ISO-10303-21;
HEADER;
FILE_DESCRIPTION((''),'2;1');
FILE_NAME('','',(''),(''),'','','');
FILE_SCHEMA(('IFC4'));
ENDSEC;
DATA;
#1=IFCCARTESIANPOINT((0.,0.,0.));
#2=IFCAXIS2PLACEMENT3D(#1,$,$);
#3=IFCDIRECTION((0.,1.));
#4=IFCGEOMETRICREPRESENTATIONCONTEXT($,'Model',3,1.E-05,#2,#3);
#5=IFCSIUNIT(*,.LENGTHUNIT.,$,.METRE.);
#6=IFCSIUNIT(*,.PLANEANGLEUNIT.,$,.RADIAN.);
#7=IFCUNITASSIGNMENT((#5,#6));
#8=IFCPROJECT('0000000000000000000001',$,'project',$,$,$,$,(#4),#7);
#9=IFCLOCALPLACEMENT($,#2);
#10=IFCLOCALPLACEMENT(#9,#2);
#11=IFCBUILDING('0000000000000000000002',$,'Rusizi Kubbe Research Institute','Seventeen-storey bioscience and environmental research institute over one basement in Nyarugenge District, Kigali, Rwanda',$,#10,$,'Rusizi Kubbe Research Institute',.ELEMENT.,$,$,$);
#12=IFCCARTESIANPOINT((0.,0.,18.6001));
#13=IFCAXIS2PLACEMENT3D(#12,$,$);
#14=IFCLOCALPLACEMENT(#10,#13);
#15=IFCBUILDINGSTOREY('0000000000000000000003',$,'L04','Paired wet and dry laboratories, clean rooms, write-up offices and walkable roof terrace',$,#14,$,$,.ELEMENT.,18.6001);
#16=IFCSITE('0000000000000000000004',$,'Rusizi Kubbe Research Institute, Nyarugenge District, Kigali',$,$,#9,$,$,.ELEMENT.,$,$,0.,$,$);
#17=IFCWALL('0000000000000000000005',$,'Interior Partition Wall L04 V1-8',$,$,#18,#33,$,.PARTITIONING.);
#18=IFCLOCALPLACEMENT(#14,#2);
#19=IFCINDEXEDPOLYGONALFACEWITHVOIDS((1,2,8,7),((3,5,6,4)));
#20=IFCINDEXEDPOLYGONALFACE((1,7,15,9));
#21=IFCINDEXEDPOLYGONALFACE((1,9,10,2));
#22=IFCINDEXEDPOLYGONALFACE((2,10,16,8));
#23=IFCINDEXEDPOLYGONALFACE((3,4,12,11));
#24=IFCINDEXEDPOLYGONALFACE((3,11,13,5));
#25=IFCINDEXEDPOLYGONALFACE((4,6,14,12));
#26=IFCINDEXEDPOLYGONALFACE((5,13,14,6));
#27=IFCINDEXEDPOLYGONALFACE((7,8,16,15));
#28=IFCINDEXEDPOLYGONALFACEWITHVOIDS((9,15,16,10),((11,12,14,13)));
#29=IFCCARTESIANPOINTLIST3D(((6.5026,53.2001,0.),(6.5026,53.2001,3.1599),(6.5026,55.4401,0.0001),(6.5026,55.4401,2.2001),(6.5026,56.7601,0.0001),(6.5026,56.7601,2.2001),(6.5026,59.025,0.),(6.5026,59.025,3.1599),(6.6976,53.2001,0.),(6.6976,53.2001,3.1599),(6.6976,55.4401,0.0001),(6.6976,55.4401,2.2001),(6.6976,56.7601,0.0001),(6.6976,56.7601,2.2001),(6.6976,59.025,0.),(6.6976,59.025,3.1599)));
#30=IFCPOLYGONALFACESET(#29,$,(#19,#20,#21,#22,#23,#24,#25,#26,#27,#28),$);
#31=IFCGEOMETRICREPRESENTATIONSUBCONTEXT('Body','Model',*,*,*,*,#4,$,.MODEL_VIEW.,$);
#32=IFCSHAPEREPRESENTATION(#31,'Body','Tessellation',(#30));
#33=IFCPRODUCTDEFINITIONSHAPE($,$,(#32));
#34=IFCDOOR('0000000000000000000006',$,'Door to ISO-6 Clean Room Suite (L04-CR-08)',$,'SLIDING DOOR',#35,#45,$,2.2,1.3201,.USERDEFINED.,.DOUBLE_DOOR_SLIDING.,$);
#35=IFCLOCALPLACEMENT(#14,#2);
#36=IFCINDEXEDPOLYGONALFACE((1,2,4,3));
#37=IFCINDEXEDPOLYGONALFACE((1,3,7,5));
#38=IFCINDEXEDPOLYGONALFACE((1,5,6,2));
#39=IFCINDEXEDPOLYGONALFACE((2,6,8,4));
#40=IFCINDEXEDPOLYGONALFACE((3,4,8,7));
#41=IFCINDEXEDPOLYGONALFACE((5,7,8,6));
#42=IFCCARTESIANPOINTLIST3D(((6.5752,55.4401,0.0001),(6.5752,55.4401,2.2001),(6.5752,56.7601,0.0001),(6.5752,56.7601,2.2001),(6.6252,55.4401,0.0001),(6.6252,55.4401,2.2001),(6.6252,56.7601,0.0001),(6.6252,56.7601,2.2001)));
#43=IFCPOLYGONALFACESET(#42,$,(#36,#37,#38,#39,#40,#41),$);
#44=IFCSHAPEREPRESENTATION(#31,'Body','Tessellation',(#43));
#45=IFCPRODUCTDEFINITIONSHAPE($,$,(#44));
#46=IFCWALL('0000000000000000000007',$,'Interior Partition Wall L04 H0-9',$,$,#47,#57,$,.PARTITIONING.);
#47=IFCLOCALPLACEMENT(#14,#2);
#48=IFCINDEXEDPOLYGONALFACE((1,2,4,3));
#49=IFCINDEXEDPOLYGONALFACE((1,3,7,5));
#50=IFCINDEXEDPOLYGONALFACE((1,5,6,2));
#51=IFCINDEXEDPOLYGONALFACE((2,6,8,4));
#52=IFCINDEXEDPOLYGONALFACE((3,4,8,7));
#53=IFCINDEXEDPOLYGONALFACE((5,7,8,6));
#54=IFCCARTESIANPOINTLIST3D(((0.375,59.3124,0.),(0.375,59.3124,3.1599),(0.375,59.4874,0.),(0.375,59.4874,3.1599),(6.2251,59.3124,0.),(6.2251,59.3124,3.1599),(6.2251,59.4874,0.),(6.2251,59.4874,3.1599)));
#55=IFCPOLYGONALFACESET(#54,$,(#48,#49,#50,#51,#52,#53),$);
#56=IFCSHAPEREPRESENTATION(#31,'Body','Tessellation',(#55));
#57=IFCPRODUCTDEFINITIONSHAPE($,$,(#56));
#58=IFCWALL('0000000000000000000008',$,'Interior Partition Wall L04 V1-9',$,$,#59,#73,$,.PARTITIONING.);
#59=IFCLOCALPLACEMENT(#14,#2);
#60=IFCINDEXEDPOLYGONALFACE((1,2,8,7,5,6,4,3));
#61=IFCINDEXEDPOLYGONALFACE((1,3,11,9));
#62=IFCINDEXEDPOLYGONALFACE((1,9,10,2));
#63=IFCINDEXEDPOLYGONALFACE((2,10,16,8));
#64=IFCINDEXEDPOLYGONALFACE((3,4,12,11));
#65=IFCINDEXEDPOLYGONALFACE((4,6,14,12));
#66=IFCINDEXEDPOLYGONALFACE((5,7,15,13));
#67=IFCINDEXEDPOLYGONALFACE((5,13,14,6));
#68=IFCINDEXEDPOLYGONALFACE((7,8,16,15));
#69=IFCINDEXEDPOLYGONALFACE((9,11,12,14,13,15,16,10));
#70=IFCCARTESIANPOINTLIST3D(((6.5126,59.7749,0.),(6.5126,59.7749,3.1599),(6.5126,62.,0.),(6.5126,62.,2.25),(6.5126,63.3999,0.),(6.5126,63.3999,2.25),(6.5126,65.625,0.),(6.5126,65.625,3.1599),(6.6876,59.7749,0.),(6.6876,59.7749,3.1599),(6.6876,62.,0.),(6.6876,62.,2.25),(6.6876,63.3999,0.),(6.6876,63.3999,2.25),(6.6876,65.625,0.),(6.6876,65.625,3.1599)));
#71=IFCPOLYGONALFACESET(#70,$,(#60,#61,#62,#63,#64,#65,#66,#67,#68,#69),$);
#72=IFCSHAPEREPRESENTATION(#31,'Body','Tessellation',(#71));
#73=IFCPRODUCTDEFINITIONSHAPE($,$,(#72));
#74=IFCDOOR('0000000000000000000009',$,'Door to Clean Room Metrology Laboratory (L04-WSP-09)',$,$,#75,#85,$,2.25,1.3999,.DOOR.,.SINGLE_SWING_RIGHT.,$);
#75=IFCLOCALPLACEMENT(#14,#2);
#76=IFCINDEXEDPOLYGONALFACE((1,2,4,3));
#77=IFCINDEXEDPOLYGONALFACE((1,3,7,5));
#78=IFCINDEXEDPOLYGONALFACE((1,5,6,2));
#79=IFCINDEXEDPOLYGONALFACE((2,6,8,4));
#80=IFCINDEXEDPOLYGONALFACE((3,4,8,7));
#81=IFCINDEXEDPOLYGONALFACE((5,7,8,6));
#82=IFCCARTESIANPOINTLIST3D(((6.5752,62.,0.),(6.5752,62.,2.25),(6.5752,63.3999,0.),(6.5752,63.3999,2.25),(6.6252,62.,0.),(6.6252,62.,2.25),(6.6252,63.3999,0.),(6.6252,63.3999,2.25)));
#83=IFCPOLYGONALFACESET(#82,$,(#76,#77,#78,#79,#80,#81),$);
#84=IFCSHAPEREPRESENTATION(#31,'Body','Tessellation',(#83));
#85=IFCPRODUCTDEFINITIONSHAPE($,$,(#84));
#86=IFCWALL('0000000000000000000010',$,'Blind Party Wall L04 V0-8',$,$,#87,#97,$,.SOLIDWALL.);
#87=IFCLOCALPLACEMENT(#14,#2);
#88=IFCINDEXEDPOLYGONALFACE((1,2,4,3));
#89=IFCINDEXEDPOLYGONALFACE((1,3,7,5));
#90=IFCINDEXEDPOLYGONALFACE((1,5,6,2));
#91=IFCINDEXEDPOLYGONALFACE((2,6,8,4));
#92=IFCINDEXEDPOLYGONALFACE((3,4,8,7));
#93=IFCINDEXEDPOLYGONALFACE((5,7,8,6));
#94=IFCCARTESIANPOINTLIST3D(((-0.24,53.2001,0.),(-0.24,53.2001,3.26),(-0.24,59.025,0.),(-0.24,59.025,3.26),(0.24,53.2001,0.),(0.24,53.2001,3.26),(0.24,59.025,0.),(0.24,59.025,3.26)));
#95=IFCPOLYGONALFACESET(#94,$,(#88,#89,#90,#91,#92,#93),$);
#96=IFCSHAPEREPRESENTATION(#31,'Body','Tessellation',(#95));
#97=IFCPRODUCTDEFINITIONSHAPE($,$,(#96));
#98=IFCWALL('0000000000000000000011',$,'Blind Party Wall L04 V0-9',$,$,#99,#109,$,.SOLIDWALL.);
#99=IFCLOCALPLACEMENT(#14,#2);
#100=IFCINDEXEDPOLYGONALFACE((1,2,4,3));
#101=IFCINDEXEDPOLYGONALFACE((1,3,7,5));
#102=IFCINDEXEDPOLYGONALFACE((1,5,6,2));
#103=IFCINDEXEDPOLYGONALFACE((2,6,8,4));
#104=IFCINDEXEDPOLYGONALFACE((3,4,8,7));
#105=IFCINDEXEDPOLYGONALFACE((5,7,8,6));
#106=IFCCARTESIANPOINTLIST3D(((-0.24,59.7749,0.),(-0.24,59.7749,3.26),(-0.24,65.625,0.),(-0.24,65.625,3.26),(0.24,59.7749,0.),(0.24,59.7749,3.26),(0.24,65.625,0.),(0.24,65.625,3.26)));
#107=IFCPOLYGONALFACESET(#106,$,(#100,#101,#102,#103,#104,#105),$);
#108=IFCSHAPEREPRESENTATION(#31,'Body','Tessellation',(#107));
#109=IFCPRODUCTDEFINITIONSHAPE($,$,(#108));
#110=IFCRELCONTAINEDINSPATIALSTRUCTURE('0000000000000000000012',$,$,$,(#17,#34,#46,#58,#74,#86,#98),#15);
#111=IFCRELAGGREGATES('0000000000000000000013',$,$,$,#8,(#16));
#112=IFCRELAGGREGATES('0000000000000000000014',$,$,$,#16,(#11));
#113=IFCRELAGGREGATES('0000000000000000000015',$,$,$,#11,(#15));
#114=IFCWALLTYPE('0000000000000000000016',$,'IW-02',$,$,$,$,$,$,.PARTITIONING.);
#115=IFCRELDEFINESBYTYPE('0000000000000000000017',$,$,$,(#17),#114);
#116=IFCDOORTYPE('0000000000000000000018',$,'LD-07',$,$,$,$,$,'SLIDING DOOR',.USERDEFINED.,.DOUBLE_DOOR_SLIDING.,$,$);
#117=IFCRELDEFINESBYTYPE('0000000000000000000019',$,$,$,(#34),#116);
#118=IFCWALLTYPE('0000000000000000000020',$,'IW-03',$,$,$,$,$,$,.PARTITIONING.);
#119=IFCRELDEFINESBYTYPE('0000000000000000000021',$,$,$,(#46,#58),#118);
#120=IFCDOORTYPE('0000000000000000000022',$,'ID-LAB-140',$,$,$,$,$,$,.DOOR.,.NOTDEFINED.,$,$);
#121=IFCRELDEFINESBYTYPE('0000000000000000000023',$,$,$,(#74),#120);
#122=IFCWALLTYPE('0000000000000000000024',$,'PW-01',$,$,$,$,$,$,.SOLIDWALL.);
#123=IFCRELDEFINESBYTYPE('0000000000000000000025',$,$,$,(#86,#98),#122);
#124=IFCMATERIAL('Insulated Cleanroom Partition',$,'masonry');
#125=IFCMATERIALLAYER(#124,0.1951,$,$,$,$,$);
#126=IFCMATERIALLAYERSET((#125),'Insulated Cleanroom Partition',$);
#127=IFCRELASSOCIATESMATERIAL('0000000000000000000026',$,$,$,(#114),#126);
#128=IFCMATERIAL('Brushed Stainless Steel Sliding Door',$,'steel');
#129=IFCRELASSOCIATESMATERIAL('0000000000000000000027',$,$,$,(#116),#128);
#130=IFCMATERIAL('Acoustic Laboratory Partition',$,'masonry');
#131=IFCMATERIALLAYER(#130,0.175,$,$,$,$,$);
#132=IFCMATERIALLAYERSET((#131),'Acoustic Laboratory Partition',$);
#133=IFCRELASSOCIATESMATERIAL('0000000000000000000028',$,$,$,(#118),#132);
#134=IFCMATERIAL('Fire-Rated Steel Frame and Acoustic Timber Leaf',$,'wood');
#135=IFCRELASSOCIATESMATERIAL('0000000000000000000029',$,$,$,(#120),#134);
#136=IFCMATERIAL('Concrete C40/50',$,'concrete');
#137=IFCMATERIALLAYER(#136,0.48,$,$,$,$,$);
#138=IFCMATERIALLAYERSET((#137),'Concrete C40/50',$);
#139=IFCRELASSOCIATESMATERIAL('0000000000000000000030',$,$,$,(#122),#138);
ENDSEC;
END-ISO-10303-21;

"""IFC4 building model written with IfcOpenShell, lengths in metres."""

from ifc_helpers import new_model, si_unit, direction, frame, frame_2d, origin, place, context, subcontext, project, spatial, rectangle, extrude, material, layer, layer_set, type_object, element, fill, save


model = new_model("IFC4")

# Units and contexts
model_context = context("Model", 3, precision=1e-05, world=origin(), true_north=direction((0.0, 1.0)))
body_context = subcontext(model_context, "Body", "Model", "MODEL_VIEW")
ifc_project = project(units=[si_unit("LENGTHUNIT", "METRE"), si_unit("PLANEANGLEUNIT", "RADIAN")], contexts=[model_context])

# Site, building, storey
site_placement = place(None, origin())
site = spatial("IfcSite", under=ifc_project, at=site_placement, Name="Rusizi Kubbe Research Institute, Nyarugenge District, Kigali", CompositionType="ELEMENT", RefElevation=0.0)
building_placement = place(site_placement, origin())
building = spatial("IfcBuilding", under=site, at=building_placement, Name="Rusizi Kubbe Research Institute", Description="Seventeen-storey bioscience and environmental research institute over one basement in Nyarugenge District, Kigali, Rwanda", LongName="Rusizi Kubbe Research Institute", CompositionType="ELEMENT")
storey_placement = place(building_placement, frame((0.0, 0.0, 18.6001)))
storey = spatial("IfcBuildingStorey", under=building, at=storey_placement, Name="L04", Description="Paired wet and dry laboratories, clean rooms, write-up offices and walkable roof terrace", CompositionType="ELEMENT", Elevation=18.6001)

# Shared definitions
ifc_material_1 = material(Name="Insulated Cleanroom Partition", Category="masonry")
ifc_layer_1 = layer(ifc_material_1, 0.1951)
ifc_layer_set_1 = layer_set([ifc_layer_1], Name="Insulated Cleanroom Partition")
wall_type_1 = type_object("IfcWallType", Name="IW-02", PredefinedType="PARTITIONING", material=ifc_layer_set_1)

# Wall, opening, door
wall_1_placement = place(storey_placement, frame((6.6001, 53.2, 0.0), z_axis=(0.0, 0.0, 1.0), x_axis=(0.0, 1.0, 0.0)))
wall_1 = element("IfcWall", 1, at=wall_1_placement, inside=storey, type_object=wall_type_1, Name="Interior Partition Wall L04 V1-8", PredefinedType="PARTITIONING", context=body_context, shape_type="SweptSolid", body=[
    extrude(rectangle(XDim=5.825, YDim=0.1951, at=frame_2d((2.9126, 0.0))), origin(), (0.0, 0.0, 1.0), 3.1599),
])
opening_1_placement = place(wall_1_placement, frame((2.24, 0.0, 0.0)))
opening_1 = element("IfcOpeningElement", 2, at=opening_1_placement, cuts=wall_1, PredefinedType="OPENING", context=body_context, shape_type="SweptSolid", body=[
    extrude(rectangle(XDim=1.3201, YDim=2.2, at=frame_2d((0.6602, 1.1001))), frame((0.0, 0.1074, 0.0), z_axis=(0.0, -1.0, 0.0), x_axis=(1.0, 0.0, 0.0)), (0.0, 0.0, 1.0), 0.2151),
])
ifc_material_2 = material(Name="Brushed Stainless Steel Sliding Door", Category="steel")
door_type_1 = type_object("IfcDoorType", Name="LD-07", ElementType="SLIDING DOOR", OperationType="DOUBLE_DOOR_SLIDING", PredefinedType="USERDEFINED", material=ifc_material_2)
door_1_placement = place(opening_1_placement, origin())
door_1 = element("IfcDoor", 3, at=door_1_placement, inside=storey, type_object=door_type_1, Name="Door to ISO-6 Clean Room Suite (L04-CR-08)", ObjectType="SLIDING DOOR", OperationType="DOUBLE_DOOR_SLIDING", OverallHeight=2.2, OverallWidth=1.3201, PredefinedType="USERDEFINED", context=body_context, shape_type="SweptSolid", body=[
    extrude(rectangle(XDim=1.3201, YDim=2.2, at=frame_2d((0.6602, 1.1001))), frame((0.0, 0.0249, 0.0), z_axis=(0.0, -1.0, 0.0), x_axis=(1.0, 0.0, 0.0)), (0.0, 0.0, 1.0), 0.05),
])
fill(opening_1, door_1)

# Wall
ifc_material_3 = material(Name="Acoustic Laboratory Partition", Category="masonry")
ifc_layer_2 = layer(ifc_material_3, 0.175)
ifc_layer_set_2 = layer_set([ifc_layer_2], Name="Acoustic Laboratory Partition")
wall_type_2 = type_object("IfcWallType", Name="IW-03", PredefinedType="PARTITIONING", material=ifc_layer_set_2)
wall_2_placement = place(storey_placement, frame((0.375, 59.3999, 0.0), z_axis=(0.0, 0.0, 1.0), x_axis=(1.0, 0.0, 0.0)))
element("IfcWall", 4, at=wall_2_placement, inside=storey, type_object=wall_type_2, Name="Interior Partition Wall L04 H0-9", PredefinedType="PARTITIONING", context=body_context, shape_type="SweptSolid", body=[
    extrude(rectangle(XDim=5.8501, YDim=0.175, at=frame_2d((2.925, 0.0))), origin(), (0.0, 0.0, 1.0), 3.1599),
])

# Wall, opening, door
wall_3_placement = place(storey_placement, frame((6.6001, 59.7749, 0.0), z_axis=(0.0, 0.0, 1.0), x_axis=(0.0, 1.0, 0.0)))
wall_3 = element("IfcWall", 5, at=wall_3_placement, inside=storey, type_object=wall_type_2, Name="Interior Partition Wall L04 V1-9", PredefinedType="PARTITIONING", context=body_context, shape_type="SweptSolid", body=[
    extrude(rectangle(XDim=5.8501, YDim=0.175, at=frame_2d((2.925, 0.0))), origin(), (0.0, 0.0, 1.0), 3.1599),
])
opening_2_placement = place(wall_3_placement, frame((2.2251, 0.0, 0.0)))
opening_2 = element("IfcOpeningElement", 6, at=opening_2_placement, cuts=wall_3, PredefinedType="OPENING", context=body_context, shape_type="SweptSolid", body=[
    extrude(rectangle(XDim=1.3999, YDim=2.25, at=frame_2d((0.7, 1.125))), frame((0.0, 0.0974, 0.0), z_axis=(0.0, -1.0, 0.0), x_axis=(1.0, 0.0, 0.0)), (0.0, 0.0, 1.0), 0.1951),
])
ifc_material_4 = material(Name="Fire-Rated Steel Frame and Acoustic Timber Leaf", Category="wood")
door_type_2 = type_object("IfcDoorType", Name="ID-LAB-140", OperationType="NOTDEFINED", PredefinedType="DOOR", material=ifc_material_4)
door_2_placement = place(opening_2_placement, origin())
door_2 = element("IfcDoor", 7, at=door_2_placement, inside=storey, type_object=door_type_2, Name="Door to Clean Room Metrology Laboratory (L04-WSP-09)", OperationType="SINGLE_SWING_RIGHT", OverallHeight=2.25, OverallWidth=1.3999, PredefinedType="DOOR", context=body_context, shape_type="SweptSolid", body=[
    extrude(rectangle(XDim=1.3999, YDim=2.25, at=frame_2d((0.7, 1.125))), frame((0.0, 0.0249, 0.0), z_axis=(0.0, -1.0, 0.0), x_axis=(1.0, 0.0, 0.0)), (0.0, 0.0, 1.0), 0.05),
])
fill(opening_2, door_2)

# Walls
ifc_material_5 = material(Name="Concrete C40/50", Category="concrete")
ifc_layer_3 = layer(ifc_material_5, 0.48)
ifc_layer_set_3 = layer_set([ifc_layer_3], Name="Concrete C40/50")
wall_type_3 = type_object("IfcWallType", Name="PW-01", PredefinedType="SOLIDWALL", material=ifc_layer_set_3)
wall_4_placement = place(storey_placement, frame((0.0, 53.2, 0.0), z_axis=(0.0, 0.0, 1.0), x_axis=(0.0, 1.0, 0.0)))
element("IfcWall", 8, at=wall_4_placement, inside=storey, type_object=wall_type_3, Name="Blind Party Wall L04 V0-8", PredefinedType="SOLIDWALL", context=body_context, shape_type="SweptSolid", body=[
    extrude(rectangle(XDim=5.825, YDim=0.48, at=frame_2d((2.9126, 0.0))), origin(), (0.0, 0.0, 1.0), 3.26),
])
wall_5_placement = place(storey_placement, frame((0.0, 59.7749, 0.0), z_axis=(0.0, 0.0, 1.0), x_axis=(0.0, 1.0, 0.0)))
element("IfcWall", 9, at=wall_5_placement, inside=storey, type_object=wall_type_3, Name="Blind Party Wall L04 V0-9", PredefinedType="SOLIDWALL", context=body_context, shape_type="SweptSolid", body=[
    extrude(rectangle(XDim=5.8501, YDim=0.48, at=frame_2d((2.925, 0.0))), origin(), (0.0, 0.0, 1.0), 3.26),
])

save(model, "model.ifc")
